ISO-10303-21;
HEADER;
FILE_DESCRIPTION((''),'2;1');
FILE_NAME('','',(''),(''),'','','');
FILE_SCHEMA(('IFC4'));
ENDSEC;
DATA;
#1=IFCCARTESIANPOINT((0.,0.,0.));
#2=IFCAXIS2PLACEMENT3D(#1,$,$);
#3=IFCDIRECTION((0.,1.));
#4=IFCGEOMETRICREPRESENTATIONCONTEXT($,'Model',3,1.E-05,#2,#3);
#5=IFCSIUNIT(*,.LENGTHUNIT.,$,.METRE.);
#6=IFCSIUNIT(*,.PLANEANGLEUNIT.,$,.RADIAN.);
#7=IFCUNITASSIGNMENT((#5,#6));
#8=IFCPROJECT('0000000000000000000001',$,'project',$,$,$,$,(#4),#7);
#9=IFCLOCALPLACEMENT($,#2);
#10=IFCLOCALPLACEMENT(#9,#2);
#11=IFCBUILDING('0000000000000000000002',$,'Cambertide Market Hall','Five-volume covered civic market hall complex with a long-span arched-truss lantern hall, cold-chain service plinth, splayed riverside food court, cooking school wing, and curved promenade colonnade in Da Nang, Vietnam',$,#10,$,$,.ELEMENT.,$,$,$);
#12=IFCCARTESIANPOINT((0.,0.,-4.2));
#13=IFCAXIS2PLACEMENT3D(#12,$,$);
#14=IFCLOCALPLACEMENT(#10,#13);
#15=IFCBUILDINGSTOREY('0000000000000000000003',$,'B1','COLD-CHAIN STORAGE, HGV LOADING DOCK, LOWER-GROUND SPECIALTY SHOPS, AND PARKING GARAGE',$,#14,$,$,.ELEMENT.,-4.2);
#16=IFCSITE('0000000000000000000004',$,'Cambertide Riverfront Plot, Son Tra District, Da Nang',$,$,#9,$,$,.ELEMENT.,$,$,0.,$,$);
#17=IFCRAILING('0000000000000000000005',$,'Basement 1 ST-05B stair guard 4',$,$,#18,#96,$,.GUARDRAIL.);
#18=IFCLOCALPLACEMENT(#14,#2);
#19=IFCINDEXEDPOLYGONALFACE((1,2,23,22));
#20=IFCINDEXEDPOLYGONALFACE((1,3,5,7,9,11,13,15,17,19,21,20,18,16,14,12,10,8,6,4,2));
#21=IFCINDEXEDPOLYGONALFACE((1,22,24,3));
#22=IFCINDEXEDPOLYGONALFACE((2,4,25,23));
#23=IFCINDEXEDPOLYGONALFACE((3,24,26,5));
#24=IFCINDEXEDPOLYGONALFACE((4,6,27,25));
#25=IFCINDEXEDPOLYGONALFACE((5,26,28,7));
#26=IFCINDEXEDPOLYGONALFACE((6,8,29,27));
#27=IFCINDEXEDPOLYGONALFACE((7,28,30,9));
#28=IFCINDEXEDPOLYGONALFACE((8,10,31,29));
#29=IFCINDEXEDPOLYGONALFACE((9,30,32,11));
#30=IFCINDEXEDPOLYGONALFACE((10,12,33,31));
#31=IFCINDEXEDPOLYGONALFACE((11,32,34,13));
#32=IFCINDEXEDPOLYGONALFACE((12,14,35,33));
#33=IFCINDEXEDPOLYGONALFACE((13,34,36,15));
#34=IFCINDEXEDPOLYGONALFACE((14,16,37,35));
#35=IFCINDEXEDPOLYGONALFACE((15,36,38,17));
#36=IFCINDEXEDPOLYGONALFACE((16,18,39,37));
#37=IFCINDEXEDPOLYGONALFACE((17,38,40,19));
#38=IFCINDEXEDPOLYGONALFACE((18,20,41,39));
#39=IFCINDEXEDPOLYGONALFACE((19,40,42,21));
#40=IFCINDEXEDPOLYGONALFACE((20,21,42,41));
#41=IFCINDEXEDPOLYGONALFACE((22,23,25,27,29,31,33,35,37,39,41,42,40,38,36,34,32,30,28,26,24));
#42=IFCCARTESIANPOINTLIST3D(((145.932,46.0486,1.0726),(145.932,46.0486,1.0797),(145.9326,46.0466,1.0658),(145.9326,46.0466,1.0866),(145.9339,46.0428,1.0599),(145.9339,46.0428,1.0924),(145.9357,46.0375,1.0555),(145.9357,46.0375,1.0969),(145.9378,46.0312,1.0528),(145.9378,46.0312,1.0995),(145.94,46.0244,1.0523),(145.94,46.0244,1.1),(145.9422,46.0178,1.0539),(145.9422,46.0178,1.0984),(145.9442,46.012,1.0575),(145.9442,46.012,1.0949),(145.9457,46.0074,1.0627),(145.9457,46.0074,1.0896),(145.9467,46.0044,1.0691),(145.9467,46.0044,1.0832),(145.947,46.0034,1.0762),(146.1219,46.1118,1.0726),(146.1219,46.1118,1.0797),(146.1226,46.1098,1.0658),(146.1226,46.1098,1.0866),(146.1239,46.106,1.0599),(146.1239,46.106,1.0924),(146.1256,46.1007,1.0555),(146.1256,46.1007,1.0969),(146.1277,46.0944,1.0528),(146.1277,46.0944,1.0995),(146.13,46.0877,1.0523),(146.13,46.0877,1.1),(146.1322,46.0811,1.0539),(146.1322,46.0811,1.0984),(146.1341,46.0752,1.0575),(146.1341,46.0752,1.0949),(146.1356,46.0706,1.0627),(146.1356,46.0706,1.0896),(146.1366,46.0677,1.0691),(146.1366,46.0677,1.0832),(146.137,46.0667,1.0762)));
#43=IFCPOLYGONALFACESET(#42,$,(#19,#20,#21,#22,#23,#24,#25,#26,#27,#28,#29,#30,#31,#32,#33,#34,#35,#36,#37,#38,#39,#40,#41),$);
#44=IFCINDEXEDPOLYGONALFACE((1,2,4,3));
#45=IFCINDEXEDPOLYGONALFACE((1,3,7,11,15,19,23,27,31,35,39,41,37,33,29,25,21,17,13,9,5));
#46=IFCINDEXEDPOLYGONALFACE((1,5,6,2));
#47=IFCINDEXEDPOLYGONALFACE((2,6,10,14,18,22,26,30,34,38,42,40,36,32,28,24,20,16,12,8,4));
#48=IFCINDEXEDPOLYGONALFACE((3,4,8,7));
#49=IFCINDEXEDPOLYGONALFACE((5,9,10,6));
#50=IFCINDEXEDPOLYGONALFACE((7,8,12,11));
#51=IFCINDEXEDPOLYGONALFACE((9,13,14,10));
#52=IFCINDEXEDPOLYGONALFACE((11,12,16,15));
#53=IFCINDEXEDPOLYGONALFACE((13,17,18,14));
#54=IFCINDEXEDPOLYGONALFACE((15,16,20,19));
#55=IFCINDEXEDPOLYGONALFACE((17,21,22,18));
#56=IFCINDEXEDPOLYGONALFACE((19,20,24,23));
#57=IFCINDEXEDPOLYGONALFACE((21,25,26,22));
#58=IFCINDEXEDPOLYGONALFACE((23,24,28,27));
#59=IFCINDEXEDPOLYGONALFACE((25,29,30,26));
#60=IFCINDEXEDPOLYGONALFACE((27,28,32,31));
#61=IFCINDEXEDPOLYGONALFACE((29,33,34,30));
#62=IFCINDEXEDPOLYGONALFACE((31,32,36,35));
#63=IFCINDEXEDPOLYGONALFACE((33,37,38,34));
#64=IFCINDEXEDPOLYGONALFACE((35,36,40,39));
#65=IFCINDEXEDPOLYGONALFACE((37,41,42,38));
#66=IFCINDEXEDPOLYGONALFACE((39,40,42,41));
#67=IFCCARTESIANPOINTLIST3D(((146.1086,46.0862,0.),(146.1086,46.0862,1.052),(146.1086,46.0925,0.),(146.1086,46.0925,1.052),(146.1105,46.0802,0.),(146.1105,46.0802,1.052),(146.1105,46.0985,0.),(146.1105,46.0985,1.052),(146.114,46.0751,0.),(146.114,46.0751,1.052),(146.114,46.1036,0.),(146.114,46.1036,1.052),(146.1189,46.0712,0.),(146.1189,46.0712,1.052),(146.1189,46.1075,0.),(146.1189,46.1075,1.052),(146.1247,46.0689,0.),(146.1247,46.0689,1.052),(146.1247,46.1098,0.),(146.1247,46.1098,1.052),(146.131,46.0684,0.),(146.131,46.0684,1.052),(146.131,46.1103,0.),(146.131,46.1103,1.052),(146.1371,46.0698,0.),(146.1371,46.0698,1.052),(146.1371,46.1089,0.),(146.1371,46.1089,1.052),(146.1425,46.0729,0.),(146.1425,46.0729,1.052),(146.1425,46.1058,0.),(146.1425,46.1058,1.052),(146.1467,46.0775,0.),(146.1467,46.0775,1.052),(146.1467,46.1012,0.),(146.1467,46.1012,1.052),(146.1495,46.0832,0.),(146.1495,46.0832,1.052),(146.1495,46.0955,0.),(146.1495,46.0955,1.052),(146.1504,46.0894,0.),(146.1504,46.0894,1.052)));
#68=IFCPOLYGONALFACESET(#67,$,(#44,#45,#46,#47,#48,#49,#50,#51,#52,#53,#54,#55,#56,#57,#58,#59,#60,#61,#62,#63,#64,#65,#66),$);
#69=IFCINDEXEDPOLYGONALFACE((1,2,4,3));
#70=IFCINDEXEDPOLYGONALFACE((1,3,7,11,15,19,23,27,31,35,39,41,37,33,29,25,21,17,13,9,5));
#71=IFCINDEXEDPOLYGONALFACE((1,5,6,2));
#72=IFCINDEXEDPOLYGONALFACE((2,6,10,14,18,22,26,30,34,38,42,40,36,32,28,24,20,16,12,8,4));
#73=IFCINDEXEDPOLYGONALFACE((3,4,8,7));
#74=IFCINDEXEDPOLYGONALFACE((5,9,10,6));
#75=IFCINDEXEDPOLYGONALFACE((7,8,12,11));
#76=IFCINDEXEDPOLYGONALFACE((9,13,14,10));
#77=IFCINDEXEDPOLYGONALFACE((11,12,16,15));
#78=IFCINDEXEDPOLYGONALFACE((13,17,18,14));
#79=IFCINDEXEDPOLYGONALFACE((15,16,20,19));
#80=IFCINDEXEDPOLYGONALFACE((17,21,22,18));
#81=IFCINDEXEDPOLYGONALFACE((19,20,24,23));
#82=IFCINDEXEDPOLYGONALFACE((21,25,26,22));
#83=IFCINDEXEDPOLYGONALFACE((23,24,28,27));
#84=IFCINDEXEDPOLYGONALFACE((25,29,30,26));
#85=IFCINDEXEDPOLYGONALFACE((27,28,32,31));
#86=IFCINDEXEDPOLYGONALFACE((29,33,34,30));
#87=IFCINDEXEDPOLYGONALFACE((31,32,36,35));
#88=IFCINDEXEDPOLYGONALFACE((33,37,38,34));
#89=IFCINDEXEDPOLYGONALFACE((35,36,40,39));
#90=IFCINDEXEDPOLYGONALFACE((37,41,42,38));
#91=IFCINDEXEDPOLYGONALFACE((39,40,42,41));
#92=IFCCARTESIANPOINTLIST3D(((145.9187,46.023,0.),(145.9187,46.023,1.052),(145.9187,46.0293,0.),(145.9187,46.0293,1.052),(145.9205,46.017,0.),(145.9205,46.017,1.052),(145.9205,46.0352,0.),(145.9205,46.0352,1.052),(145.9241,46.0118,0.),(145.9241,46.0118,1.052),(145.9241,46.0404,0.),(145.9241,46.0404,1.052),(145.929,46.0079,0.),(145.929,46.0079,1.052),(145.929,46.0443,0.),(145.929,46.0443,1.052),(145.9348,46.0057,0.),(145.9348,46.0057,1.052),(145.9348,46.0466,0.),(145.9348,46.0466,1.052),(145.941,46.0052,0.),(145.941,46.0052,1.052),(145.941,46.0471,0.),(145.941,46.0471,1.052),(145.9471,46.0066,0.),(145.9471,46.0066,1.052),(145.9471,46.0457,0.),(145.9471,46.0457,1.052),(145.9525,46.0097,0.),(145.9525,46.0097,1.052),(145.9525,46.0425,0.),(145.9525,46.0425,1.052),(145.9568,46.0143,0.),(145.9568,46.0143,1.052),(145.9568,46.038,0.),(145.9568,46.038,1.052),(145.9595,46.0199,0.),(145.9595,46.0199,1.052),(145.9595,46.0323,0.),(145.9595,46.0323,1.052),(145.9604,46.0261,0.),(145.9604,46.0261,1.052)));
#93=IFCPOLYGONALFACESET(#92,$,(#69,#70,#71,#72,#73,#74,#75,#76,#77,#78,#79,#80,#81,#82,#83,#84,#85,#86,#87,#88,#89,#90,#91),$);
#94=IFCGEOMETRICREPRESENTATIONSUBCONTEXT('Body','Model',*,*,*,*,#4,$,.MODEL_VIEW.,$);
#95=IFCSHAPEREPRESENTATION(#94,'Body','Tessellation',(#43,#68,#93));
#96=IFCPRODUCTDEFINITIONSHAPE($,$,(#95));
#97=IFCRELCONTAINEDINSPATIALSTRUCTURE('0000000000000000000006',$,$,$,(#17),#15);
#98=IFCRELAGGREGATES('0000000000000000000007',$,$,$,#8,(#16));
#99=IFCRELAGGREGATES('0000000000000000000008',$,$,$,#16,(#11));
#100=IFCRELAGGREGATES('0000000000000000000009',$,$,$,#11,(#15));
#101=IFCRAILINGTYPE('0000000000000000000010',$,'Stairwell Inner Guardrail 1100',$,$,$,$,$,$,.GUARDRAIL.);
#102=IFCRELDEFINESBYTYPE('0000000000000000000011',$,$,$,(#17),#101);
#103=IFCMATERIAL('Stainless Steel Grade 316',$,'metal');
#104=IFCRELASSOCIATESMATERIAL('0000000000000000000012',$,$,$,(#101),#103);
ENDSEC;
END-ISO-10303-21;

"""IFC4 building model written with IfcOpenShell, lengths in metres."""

from ifc_helpers import new_model, si_unit, direction, frame, origin, origin_2d, place, context, subcontext, project, spatial, circle, extrude, material, type_object, element, save


model = new_model("IFC4")

# Units and contexts
model_context = context("Model", 3, precision=1e-05, world=origin(), true_north=direction((0.0, 1.0)))
body_context = subcontext(model_context, "Body", "Model", "MODEL_VIEW")
ifc_project = project(units=[si_unit("LENGTHUNIT", "METRE"), si_unit("PLANEANGLEUNIT", "RADIAN")], contexts=[model_context])

# Site, building, storey
site_placement = place(None, origin())
site = spatial("IfcSite", under=ifc_project, at=site_placement, Name="Cambertide Riverfront Plot, Son Tra District, Da Nang", CompositionType="ELEMENT", RefElevation=0.0)
building_placement = place(site_placement, origin())
building = spatial("IfcBuilding", under=site, at=building_placement, Name="Cambertide Market Hall", Description="Five-volume covered civic market hall complex with a long-span arched-truss lantern hall, cold-chain service plinth, splayed riverside food court, cooking school wing, and curved promenade colonnade in Da Nang, Vietnam", CompositionType="ELEMENT")
storey_placement = place(building_placement, frame((0.0, 0.0, -4.2)))
storey = spatial("IfcBuildingStorey", under=building, at=storey_placement, Name="B1", Description="COLD-CHAIN STORAGE, HGV LOADING DOCK, LOWER-GROUND SPECIALTY SHOPS, AND PARKING GARAGE", CompositionType="ELEMENT", Elevation=-4.2)

# Railing
ifc_material_1 = material(Name="Stainless Steel Grade 316", Category="metal")
railing_type_1 = type_object("IfcRailingType", Name="Stairwell Inner Guardrail 1100", PredefinedType="GUARDRAIL", material=ifc_material_1)
railing_1_placement = place(storey_placement, frame((146.1294, 46.0894, 0.0)))
element("IfcRailing", 1, at=railing_1_placement, inside=storey, type_object=railing_type_1, Name="Basement 1 ST-05B stair guard 4", PredefinedType="GUARDRAIL", context=body_context, shape_type="SweptSolid", body=[
    extrude(circle(Radius=0.0239, at=origin_2d()), frame((0.0, 0.0, 1.0762), z_axis=(-0.948805, -0.315862, 0.0), x_axis=(0.315862, -0.948805, 0.0)), (0.0, 0.0, 1.0), 0.2002),
    extrude(circle(Radius=0.021, at=origin_2d()), origin(), (0.0, 0.0, 1.0), 1.052),
    extrude(circle(Radius=0.021, at=origin_2d()), frame((-0.1899, -0.0632, 0.0)), (0.0, 0.0, 1.0), 1.052),
])

save(model, "model.ifc")
